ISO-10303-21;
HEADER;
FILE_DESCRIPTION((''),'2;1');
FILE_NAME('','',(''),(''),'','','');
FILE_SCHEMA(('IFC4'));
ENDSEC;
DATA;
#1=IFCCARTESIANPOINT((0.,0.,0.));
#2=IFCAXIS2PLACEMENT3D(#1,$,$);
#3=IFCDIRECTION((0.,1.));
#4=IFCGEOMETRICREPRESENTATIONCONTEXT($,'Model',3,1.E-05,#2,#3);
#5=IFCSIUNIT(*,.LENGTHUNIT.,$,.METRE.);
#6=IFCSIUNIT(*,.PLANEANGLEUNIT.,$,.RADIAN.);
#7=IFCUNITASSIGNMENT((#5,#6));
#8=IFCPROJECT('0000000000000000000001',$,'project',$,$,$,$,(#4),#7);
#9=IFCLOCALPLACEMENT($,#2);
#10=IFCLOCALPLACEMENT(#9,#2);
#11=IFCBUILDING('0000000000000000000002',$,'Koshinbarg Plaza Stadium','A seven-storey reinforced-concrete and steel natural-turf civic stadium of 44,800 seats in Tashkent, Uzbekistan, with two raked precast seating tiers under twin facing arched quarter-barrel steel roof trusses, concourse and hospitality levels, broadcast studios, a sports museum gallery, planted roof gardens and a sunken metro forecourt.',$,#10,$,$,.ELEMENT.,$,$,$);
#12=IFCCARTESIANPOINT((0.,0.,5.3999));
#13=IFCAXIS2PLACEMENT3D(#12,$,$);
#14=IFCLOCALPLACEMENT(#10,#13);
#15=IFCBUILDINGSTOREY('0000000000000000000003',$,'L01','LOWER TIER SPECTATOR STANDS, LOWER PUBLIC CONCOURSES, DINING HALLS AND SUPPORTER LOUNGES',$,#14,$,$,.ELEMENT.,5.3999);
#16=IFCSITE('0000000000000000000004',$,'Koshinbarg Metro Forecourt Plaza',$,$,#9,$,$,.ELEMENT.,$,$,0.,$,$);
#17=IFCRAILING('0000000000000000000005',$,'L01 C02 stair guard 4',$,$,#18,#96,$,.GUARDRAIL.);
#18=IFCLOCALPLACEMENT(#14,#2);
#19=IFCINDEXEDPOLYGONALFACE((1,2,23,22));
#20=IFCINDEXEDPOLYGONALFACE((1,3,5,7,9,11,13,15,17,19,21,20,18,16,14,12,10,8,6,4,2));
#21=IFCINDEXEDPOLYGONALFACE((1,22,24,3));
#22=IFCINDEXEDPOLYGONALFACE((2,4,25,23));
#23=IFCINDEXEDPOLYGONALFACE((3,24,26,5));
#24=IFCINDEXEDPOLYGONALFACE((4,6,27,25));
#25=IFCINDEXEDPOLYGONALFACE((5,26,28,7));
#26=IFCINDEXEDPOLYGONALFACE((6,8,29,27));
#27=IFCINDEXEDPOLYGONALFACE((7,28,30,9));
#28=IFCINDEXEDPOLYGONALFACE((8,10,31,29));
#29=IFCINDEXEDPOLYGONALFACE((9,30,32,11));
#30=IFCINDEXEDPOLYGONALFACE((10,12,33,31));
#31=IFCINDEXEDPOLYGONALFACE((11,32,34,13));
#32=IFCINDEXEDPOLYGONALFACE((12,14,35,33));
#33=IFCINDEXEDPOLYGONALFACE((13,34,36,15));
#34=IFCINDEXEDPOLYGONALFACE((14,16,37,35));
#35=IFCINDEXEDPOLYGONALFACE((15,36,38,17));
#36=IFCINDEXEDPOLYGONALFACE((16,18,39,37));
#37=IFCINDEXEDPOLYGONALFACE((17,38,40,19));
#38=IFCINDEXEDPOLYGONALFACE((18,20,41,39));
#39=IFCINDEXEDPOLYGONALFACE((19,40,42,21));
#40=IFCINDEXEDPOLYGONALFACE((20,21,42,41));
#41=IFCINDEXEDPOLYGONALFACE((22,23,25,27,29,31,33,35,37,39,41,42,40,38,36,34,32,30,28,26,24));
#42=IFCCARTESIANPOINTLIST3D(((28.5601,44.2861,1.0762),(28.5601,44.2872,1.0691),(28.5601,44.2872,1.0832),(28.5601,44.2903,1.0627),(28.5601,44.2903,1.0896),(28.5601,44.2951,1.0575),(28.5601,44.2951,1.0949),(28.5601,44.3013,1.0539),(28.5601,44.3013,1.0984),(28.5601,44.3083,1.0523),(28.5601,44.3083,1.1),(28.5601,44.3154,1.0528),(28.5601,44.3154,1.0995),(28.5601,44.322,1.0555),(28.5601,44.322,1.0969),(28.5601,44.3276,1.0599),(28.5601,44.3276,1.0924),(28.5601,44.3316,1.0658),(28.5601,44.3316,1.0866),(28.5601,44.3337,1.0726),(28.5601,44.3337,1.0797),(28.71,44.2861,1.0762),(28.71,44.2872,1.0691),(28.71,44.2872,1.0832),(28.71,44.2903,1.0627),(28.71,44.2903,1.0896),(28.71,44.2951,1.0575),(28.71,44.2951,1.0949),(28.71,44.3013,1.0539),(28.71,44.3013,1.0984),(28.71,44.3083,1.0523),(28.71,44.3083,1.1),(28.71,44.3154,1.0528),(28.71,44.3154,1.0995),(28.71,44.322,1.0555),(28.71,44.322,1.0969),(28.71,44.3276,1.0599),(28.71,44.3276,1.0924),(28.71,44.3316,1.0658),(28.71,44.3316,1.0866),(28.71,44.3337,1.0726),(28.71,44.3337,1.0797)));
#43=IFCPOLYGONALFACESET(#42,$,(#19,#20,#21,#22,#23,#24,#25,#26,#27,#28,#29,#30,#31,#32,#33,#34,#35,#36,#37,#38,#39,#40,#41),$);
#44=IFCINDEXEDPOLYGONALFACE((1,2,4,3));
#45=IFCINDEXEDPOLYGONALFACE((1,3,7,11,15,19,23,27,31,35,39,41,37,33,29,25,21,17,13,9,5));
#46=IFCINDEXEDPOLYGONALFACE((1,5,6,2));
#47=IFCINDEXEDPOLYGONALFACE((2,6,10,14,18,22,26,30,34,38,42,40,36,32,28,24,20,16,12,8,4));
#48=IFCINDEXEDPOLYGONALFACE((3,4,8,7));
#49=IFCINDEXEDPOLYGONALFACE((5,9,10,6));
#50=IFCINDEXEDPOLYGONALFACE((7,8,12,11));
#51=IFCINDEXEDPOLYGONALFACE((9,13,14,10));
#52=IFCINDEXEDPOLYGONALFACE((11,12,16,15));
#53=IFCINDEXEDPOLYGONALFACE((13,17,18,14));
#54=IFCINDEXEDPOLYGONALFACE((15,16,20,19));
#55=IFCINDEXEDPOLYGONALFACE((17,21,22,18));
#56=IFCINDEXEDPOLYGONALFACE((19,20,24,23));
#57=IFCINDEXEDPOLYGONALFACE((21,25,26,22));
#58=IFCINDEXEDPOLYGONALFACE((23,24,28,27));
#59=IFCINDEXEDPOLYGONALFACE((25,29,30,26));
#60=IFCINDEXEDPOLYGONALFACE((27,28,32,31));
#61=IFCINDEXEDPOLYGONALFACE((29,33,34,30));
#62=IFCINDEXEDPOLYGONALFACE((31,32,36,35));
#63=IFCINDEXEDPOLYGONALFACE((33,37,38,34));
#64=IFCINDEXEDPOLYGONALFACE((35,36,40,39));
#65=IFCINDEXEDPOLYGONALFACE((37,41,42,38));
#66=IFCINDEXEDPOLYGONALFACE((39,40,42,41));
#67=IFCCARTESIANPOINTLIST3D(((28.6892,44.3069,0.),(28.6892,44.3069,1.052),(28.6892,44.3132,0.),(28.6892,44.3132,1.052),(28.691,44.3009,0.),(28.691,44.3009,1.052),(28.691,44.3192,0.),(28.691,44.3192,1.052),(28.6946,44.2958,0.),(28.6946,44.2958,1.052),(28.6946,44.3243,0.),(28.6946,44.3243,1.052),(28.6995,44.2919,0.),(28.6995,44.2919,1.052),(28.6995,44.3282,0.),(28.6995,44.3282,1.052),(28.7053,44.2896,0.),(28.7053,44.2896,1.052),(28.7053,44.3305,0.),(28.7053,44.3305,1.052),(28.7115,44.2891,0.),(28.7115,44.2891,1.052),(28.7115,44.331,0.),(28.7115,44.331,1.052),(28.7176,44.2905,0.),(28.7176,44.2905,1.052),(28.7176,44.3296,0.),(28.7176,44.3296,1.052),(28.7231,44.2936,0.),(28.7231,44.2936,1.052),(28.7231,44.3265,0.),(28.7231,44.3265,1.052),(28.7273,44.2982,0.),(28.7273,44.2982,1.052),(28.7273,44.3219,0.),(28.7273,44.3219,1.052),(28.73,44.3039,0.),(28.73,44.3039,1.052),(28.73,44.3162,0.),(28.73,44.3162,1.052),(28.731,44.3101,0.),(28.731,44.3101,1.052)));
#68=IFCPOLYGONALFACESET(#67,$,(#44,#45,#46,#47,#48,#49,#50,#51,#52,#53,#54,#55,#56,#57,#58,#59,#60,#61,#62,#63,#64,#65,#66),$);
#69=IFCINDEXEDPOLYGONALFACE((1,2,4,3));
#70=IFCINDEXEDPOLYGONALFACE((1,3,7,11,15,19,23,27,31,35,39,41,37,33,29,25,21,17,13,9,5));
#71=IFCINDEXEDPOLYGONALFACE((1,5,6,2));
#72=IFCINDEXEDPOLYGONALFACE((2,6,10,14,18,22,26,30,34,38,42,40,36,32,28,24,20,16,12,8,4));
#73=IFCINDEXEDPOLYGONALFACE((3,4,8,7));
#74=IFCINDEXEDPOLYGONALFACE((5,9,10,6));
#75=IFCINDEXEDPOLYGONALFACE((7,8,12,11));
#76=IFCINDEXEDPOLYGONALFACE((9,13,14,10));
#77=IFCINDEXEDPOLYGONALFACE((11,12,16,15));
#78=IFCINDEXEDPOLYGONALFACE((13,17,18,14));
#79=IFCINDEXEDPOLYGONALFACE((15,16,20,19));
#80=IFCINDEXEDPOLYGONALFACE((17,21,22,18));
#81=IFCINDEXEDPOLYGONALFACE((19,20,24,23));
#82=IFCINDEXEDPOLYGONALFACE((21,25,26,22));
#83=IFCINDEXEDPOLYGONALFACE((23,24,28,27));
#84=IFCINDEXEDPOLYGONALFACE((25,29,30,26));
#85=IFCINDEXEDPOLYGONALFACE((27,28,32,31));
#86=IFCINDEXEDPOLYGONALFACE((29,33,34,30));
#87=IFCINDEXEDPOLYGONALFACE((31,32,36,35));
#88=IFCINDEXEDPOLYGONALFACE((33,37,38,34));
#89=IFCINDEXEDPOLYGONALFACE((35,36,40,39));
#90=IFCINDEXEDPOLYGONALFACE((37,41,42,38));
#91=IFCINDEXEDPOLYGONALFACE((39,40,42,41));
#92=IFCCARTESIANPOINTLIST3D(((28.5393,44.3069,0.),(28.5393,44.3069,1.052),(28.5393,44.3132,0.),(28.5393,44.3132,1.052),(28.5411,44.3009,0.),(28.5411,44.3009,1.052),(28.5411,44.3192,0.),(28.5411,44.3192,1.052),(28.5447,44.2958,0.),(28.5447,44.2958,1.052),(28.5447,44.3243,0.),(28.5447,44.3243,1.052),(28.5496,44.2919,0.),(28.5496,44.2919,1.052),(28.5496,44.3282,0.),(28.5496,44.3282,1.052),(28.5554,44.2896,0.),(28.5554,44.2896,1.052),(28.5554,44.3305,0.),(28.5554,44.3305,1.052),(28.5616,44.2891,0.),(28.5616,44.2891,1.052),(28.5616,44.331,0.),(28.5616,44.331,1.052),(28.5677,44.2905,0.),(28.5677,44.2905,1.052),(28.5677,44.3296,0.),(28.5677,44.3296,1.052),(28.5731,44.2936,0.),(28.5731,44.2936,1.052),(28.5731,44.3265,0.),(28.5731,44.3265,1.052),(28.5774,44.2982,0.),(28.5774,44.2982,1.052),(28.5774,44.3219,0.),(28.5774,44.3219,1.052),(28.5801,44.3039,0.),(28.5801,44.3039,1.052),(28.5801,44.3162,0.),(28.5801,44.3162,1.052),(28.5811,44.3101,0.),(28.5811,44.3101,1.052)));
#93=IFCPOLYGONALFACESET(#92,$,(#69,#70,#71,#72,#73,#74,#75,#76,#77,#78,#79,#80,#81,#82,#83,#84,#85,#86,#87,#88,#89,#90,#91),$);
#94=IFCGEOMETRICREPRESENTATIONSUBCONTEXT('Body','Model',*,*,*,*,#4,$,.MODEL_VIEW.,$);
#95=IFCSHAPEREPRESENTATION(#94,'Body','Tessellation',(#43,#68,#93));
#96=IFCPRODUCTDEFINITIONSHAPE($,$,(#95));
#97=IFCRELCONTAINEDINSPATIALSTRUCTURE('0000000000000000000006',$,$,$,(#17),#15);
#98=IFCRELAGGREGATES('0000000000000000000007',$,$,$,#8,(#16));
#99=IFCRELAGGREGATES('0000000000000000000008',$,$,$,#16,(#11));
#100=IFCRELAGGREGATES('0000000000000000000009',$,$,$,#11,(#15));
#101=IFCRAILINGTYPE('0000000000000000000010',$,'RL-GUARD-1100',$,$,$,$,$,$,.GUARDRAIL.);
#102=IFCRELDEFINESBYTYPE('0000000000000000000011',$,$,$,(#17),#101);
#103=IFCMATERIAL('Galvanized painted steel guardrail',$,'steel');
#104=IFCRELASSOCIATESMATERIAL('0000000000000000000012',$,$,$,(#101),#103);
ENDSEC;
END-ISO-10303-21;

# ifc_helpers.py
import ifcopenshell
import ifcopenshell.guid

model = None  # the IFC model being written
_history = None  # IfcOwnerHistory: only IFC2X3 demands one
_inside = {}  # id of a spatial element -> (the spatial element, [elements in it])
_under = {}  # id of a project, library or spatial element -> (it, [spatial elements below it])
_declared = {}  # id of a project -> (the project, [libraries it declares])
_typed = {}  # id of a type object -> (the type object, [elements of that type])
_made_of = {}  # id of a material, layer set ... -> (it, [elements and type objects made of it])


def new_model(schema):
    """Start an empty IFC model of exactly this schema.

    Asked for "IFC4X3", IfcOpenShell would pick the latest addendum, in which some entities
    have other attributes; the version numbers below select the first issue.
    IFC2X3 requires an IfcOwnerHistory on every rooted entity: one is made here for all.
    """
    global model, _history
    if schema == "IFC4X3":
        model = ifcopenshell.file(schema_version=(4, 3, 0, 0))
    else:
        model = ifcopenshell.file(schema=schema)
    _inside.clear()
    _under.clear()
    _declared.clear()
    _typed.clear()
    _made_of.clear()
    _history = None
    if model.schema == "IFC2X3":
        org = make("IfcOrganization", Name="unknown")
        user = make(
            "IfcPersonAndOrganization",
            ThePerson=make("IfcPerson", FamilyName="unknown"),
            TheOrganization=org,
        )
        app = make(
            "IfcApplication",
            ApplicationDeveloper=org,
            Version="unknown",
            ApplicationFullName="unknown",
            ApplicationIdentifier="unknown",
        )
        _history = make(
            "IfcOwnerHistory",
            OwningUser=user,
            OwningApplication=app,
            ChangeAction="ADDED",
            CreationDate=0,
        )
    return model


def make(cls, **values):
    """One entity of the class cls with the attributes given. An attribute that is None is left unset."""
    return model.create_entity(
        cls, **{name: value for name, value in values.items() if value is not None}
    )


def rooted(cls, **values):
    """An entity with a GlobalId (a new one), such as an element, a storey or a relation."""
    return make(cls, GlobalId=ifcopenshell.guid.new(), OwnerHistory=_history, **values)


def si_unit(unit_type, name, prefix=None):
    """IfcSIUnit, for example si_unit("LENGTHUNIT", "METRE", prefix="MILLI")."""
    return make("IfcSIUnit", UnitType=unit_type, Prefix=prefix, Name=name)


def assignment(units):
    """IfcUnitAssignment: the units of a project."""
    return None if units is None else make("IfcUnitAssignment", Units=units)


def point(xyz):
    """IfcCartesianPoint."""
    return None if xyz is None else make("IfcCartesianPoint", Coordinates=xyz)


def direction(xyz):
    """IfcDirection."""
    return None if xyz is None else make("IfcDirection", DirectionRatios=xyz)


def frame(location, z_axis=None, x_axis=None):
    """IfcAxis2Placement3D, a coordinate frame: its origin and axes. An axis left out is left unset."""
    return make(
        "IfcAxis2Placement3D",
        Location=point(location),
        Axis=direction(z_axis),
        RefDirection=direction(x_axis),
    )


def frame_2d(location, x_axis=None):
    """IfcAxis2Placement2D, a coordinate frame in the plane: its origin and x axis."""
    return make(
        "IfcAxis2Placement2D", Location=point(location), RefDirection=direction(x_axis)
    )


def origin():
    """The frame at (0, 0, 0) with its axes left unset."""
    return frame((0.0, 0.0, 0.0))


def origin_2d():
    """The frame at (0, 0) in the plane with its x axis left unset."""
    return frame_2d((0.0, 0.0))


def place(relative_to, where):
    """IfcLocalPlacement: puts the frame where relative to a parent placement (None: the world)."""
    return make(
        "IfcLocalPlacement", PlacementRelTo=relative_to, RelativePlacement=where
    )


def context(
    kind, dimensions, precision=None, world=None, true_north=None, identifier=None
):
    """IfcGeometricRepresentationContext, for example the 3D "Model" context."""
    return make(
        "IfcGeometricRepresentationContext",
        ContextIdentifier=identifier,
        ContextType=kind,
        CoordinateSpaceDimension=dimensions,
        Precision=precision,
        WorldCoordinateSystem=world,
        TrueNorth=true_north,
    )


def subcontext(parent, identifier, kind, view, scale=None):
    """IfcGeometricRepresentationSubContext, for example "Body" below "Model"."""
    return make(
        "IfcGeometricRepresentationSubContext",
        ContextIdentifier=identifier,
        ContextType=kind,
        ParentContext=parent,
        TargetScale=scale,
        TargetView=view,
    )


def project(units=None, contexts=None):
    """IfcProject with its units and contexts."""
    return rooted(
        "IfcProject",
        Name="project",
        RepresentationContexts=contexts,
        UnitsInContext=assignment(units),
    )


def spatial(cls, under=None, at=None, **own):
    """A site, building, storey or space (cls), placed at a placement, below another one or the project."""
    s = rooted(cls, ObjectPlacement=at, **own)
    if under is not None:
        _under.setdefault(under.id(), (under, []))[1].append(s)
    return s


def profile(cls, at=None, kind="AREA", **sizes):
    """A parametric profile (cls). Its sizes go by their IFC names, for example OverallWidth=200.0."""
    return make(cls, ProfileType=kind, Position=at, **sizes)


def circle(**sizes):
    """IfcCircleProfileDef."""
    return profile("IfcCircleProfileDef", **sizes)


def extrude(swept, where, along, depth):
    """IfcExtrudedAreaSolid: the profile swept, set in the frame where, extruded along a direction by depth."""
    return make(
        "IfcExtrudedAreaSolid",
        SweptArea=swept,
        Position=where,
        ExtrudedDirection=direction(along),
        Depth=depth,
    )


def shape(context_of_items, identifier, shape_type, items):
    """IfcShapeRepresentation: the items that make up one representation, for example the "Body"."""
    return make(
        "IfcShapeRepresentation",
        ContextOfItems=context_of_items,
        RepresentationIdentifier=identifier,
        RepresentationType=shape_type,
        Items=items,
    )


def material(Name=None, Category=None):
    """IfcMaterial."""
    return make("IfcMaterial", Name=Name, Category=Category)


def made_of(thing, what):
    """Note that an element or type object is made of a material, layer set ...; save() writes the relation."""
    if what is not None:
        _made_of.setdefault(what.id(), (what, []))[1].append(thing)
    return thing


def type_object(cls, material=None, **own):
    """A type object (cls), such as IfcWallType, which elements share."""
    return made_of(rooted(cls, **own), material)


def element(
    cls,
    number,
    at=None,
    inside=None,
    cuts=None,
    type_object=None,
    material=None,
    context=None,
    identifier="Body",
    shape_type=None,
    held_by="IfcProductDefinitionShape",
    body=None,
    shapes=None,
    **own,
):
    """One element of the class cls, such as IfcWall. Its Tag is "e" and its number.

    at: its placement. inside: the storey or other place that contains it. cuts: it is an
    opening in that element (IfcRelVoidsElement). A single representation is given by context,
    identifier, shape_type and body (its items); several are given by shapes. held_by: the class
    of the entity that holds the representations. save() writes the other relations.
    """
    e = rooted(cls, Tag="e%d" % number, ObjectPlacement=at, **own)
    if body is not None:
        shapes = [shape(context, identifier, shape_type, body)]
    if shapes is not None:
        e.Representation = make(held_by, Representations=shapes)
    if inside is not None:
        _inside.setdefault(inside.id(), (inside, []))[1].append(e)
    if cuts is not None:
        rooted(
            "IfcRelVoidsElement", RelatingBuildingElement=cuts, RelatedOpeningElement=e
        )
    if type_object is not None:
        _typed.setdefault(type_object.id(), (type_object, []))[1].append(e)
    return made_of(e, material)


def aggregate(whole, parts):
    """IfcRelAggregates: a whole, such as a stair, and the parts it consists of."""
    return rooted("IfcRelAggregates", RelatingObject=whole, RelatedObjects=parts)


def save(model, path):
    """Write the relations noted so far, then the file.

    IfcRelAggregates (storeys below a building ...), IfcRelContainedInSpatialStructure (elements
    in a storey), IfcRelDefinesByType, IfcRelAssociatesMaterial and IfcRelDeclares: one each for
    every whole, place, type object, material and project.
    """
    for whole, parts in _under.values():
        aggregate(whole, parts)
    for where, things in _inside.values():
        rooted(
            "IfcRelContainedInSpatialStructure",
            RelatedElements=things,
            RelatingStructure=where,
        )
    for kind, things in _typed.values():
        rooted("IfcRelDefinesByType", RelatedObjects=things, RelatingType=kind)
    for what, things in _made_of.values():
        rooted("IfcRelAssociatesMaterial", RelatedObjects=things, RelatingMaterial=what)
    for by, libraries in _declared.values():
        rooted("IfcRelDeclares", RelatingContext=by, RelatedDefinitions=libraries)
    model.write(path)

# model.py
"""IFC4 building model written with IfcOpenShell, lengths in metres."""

from ifc_helpers import new_model, si_unit, direction, frame, origin, origin_2d, place, context, subcontext, project, spatial, circle, extrude, material, type_object, element, save


model = new_model("IFC4")

# Units and contexts
model_context = context("Model", 3, precision=1e-05, world=origin(), true_north=direction((0.0, 1.0)))
body_context = subcontext(model_context, "Body", "Model", "MODEL_VIEW")
ifc_project = project(units=[si_unit("LENGTHUNIT", "METRE"), si_unit("PLANEANGLEUNIT", "RADIAN")], contexts=[model_context])

# Site, building, storey
site_placement = place(None, origin())
site = spatial("IfcSite", under=ifc_project, at=site_placement, Name="Koshinbarg Metro Forecourt Plaza", CompositionType="ELEMENT", RefElevation=0.0)
building_placement = place(site_placement, origin())
building = spatial("IfcBuilding", under=site, at=building_placement, Name="Koshinbarg Plaza Stadium", Description="A seven-storey reinforced-concrete and steel natural-turf civic stadium of 44,800 seats in Tashkent, Uzbekistan, with two raked precast seating tiers under twin facing arched quarter-barrel steel roof trusses, concourse and hospitality levels, broadcast studios, a sports museum gallery, planted roof gardens and a sunken metro forecourt.", CompositionType="ELEMENT")
storey_placement = place(building_placement, frame((0.0, 0.0, 5.3999)))
storey = spatial("IfcBuildingStorey", under=building, at=storey_placement, Name="L01", Description="LOWER TIER SPECTATOR STANDS, LOWER PUBLIC CONCOURSES, DINING HALLS AND SUPPORTER LOUNGES", CompositionType="ELEMENT", Elevation=5.3999)

# Railing
ifc_material_1 = material(Name="Galvanized painted steel guardrail", Category="steel")
railing_type_1 = type_object("IfcRailingType", Name="RL-GUARD-1100", PredefinedType="GUARDRAIL", material=ifc_material_1)
railing_1_placement = place(storey_placement, frame((28.71, 44.3101, 0.0)))
element("IfcRailing", 1, at=railing_1_placement, inside=storey, type_object=railing_type_1, Name="L01 C02 stair guard 4", PredefinedType="GUARDRAIL", context=body_context, shape_type="SweptSolid", body=[
    extrude(circle(Radius=0.0239, at=origin_2d()), frame((0.0, 0.0, 1.0762), z_axis=(-1.0, 0.0, 0.0), x_axis=(0.0, -1.0, 0.0)), (0.0, 0.0, 1.0), 0.1499),
    extrude(circle(Radius=0.021, at=origin_2d()), origin(), (0.0, 0.0, 1.0), 1.052),
    extrude(circle(Radius=0.021, at=origin_2d()), frame((-0.1499, 0.0, 0.0)), (0.0, 0.0, 1.0), 1.052),
])

save(model, "model.ifc")
